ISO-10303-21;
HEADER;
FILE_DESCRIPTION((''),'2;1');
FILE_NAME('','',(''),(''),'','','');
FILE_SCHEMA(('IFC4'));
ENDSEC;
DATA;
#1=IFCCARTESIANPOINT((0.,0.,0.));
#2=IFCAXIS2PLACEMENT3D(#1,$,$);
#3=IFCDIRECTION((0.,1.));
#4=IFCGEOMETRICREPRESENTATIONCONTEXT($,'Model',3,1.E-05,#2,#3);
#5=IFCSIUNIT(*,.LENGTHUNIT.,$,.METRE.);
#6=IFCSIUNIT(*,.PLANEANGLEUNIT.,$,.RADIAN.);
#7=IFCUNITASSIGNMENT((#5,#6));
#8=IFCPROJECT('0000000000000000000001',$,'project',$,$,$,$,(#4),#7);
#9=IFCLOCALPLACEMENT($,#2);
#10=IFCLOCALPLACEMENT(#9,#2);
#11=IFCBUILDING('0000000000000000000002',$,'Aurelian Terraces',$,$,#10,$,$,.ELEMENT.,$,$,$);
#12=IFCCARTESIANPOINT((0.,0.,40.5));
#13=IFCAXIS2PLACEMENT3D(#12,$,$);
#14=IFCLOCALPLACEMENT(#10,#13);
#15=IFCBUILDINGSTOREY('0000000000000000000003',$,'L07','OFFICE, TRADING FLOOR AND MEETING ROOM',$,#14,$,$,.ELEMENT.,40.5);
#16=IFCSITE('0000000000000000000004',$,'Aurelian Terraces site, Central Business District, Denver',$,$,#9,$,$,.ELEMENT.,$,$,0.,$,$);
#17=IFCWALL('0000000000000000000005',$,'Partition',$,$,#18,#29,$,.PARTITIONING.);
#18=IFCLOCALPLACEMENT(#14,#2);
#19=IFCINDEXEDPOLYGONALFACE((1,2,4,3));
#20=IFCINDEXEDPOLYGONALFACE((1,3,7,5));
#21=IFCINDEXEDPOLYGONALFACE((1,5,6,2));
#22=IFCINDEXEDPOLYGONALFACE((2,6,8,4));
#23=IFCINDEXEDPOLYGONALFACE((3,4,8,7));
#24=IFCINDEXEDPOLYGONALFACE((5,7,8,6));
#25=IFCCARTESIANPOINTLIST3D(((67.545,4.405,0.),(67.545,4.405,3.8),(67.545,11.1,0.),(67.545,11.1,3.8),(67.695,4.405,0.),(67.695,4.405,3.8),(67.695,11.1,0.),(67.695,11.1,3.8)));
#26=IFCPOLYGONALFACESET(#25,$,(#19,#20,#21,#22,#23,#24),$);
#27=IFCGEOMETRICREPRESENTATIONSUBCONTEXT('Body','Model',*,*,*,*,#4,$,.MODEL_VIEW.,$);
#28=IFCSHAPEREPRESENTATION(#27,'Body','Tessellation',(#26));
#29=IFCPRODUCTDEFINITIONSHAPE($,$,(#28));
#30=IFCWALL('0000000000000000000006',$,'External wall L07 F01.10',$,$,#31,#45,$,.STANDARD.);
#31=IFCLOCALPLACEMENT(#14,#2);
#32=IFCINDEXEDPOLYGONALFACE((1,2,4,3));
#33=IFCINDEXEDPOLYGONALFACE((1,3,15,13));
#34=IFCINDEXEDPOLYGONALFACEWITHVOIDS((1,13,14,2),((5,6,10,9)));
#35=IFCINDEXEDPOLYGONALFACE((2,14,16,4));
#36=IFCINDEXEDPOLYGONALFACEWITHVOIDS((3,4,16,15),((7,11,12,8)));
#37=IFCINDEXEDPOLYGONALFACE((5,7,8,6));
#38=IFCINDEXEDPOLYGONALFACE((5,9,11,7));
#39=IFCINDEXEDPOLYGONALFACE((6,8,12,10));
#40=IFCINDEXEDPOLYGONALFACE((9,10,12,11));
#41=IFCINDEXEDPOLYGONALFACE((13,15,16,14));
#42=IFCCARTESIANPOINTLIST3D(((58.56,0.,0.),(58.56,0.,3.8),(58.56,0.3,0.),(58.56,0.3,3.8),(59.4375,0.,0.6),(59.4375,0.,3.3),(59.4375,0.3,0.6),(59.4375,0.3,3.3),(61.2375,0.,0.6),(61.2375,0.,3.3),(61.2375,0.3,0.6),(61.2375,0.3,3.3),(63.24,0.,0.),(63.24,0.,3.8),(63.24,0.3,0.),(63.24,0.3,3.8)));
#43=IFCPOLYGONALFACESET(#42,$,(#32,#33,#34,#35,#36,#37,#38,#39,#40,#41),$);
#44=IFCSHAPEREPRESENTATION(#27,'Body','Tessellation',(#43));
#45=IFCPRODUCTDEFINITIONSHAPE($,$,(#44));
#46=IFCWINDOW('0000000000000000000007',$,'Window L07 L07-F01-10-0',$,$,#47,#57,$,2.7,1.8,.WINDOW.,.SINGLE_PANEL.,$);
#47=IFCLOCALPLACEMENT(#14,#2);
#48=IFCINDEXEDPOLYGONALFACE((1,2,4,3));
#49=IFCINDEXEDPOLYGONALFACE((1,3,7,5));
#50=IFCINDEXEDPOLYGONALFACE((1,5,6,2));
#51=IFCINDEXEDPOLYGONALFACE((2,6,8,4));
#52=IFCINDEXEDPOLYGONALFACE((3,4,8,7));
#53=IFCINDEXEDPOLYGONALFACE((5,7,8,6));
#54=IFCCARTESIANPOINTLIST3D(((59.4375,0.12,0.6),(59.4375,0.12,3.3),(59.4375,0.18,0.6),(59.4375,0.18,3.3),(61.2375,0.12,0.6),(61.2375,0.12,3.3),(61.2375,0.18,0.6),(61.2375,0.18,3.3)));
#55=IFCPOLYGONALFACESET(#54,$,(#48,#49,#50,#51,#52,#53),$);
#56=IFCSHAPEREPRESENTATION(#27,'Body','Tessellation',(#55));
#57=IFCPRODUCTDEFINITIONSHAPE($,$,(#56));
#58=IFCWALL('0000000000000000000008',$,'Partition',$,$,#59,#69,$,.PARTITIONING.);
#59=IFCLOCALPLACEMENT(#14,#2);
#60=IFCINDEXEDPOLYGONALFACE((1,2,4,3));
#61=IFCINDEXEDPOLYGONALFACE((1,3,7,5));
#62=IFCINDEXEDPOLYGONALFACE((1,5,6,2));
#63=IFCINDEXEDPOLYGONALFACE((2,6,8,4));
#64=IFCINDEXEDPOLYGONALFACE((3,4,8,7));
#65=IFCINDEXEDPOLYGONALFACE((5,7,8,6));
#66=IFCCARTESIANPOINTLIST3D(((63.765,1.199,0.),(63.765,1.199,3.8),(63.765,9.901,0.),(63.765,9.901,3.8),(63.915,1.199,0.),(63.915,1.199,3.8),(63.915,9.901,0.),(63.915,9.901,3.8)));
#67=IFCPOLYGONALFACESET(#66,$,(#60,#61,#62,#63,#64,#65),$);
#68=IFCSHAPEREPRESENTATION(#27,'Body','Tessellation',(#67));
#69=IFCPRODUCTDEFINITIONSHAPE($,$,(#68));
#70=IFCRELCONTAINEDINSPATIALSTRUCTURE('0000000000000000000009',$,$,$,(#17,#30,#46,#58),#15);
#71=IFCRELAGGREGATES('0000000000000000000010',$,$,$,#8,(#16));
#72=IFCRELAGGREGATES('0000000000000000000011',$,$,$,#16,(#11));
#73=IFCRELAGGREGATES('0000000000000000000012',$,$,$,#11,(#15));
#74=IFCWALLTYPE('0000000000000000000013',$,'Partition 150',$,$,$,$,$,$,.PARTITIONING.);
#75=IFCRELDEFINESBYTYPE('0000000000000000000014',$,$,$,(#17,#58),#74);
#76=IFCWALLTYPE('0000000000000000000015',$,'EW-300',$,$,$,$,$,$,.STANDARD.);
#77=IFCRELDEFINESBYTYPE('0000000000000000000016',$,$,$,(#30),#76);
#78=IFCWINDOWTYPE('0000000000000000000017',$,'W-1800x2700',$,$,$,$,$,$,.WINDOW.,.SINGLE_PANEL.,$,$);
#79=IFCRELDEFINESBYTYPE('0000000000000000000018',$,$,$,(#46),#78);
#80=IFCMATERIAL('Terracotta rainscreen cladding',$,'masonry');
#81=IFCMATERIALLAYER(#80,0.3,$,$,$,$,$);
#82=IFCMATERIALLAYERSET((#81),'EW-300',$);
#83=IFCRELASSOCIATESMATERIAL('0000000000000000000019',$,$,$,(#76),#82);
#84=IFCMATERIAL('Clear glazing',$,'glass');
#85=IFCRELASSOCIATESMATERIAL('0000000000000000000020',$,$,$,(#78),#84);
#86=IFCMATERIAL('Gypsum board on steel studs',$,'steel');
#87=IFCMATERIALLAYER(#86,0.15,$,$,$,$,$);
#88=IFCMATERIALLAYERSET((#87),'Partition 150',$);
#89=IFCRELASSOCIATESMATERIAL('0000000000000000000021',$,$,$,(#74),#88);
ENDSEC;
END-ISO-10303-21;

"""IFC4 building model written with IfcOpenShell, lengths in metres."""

from ifc_helpers import new_model, si_unit, direction, frame, frame_2d, origin, place, context, subcontext, project, spatial, rectangle, extrude, source, transform, mapped, material, layer, layer_set, type_object, element, fill, save


model = new_model("IFC4")

# Units and contexts
model_context = context("Model", 3, precision=1e-05, world=origin(), true_north=direction((0.0, 1.0)))
body_context = subcontext(model_context, "Body", "Model", "MODEL_VIEW")
ifc_project = project(units=[si_unit("LENGTHUNIT", "METRE"), si_unit("PLANEANGLEUNIT", "RADIAN")], contexts=[model_context])

# Site, building, storey
site_placement = place(None, origin())
site = spatial("IfcSite", under=ifc_project, at=site_placement, Name="Aurelian Terraces site, Central Business District, Denver", CompositionType="ELEMENT", RefElevation=0.0)
building_placement = place(site_placement, origin())
building = spatial("IfcBuilding", under=site, at=building_placement, Name="Aurelian Terraces", CompositionType="ELEMENT")
storey_placement = place(building_placement, frame((0.0, 0.0, 40.5)))
storey = spatial("IfcBuildingStorey", under=building, at=storey_placement, Name="L07", Description="OFFICE, TRADING FLOOR AND MEETING ROOM", CompositionType="ELEMENT", Elevation=40.5)

# Shared definitions
ifc_material_1 = material(Name="Terracotta rainscreen cladding", Category="masonry")
ifc_layer_1 = layer(ifc_material_1, 0.3)
ifc_layer_set_1 = layer_set([ifc_layer_1], Name="EW-300")
wall_type_1 = type_object("IfcWallType", Name="EW-300", PredefinedType="STANDARD", material=ifc_layer_set_1)
shared_shape_1 = source(origin(), body_context, "Body", "SweptSolid", [
    extrude(rectangle(XDim=1.8, YDim=2.7, at=frame_2d((0.9, 1.35))), frame((0.0, 0.16, 0.0), z_axis=(0.0, -1.0, 0.0), x_axis=(1.0, 0.0, 0.0)), (0.0, 0.0, 1.0), 0.32),
])
ifc_material_2 = material(Name="Clear glazing", Category="glass")
window_type_1 = type_object("IfcWindowType", Name="W-1800x2700", PartitioningType="SINGLE_PANEL", PredefinedType="WINDOW", material=ifc_material_2)
shared_shape_2 = source(origin(), body_context, "Body", "SweptSolid", [
    extrude(rectangle(XDim=1.8, YDim=2.7, at=frame_2d((0.9, 1.35))), frame((0.0, 0.03, 0.0), z_axis=(0.0, -1.0, 0.0), x_axis=(1.0, 0.0, 0.0)), (0.0, 0.0, 1.0), 0.06),
])

# Wall
ifc_material_3 = material(Name="Gypsum board on steel studs", Category="steel")
ifc_layer_2 = layer(ifc_material_3, 0.15)
ifc_layer_set_2 = layer_set([ifc_layer_2], Name="Partition 150")
wall_type_2 = type_object("IfcWallType", Name="Partition 150", PredefinedType="PARTITIONING", material=ifc_layer_set_2)
wall_1_placement = place(storey_placement, frame((67.62, 4.405, 0.0), z_axis=(0.0, 0.0, 1.0), x_axis=(0.0, 1.0, 0.0)))
element("IfcWall", 1, at=wall_1_placement, inside=storey, type_object=wall_type_2, Name="Partition", PredefinedType="PARTITIONING", context=body_context, shape_type="SweptSolid", body=[
    extrude(rectangle(XDim=6.695, YDim=0.15, at=frame_2d((3.3475, 0.0))), origin(), (0.0, 0.0, 1.0), 3.8),
])

# Wall, opening, window
shared_shape_3 = source(origin(), body_context, "Body", "SweptSolid", [
    extrude(rectangle(XDim=4.68, YDim=0.3, at=frame_2d((2.34, 0.0))), origin(), (0.0, 0.0, 1.0), 3.8),
])
wall_2_placement = place(storey_placement, frame((58.56, 0.15, 0.0), z_axis=(0.0, 0.0, 1.0), x_axis=(1.0, 0.0, 0.0)))
wall_2 = element("IfcWall", 2, at=wall_2_placement, inside=storey, type_object=wall_type_1, Name="External wall L07 F01.10", PredefinedType="STANDARD", context=body_context, shape_type="MappedRepresentation", body=[
    mapped(shared_shape_3, transform((0.0, 0.0, 0.0), scale=1.0)),
])
opening_1_placement = place(wall_2_placement, frame((0.8775, 0.0, 0.6)))
opening_1 = element("IfcOpeningElement", 3, at=opening_1_placement, cuts=wall_2, PredefinedType="OPENING", context=body_context, shape_type="MappedRepresentation", body=[
    mapped(shared_shape_1, transform((0.0, 0.0, 0.0), scale=1.0)),
])
window_1_placement = place(opening_1_placement, origin())
window_1 = element("IfcWindow", 4, at=window_1_placement, inside=storey, type_object=window_type_1, Name="Window L07 L07-F01-10-0", OverallHeight=2.7, OverallWidth=1.8, PartitioningType="SINGLE_PANEL", PredefinedType="WINDOW", context=body_context, shape_type="MappedRepresentation", body=[
    mapped(shared_shape_2, transform((0.0, 0.0, 0.0), scale=1.0)),
])
fill(opening_1, window_1)

# Wall
shared_shape_4 = source(origin(), body_context, "Body", "SweptSolid", [
    extrude(rectangle(XDim=8.702, YDim=0.15, at=frame_2d((4.351, 0.0))), origin(), (0.0, 0.0, 1.0), 3.8),
])
wall_3_placement = place(storey_placement, frame((63.84, 1.199, 0.0), z_axis=(0.0, 0.0, 1.0), x_axis=(0.0, 1.0, 0.0)))
element("IfcWall", 5, at=wall_3_placement, inside=storey, type_object=wall_type_2, Name="Partition", PredefinedType="PARTITIONING", context=body_context, shape_type="MappedRepresentation", body=[
    mapped(shared_shape_4, transform((0.0, 0.0, 0.0), scale=1.0)),
])

save(model, "model.ifc")
